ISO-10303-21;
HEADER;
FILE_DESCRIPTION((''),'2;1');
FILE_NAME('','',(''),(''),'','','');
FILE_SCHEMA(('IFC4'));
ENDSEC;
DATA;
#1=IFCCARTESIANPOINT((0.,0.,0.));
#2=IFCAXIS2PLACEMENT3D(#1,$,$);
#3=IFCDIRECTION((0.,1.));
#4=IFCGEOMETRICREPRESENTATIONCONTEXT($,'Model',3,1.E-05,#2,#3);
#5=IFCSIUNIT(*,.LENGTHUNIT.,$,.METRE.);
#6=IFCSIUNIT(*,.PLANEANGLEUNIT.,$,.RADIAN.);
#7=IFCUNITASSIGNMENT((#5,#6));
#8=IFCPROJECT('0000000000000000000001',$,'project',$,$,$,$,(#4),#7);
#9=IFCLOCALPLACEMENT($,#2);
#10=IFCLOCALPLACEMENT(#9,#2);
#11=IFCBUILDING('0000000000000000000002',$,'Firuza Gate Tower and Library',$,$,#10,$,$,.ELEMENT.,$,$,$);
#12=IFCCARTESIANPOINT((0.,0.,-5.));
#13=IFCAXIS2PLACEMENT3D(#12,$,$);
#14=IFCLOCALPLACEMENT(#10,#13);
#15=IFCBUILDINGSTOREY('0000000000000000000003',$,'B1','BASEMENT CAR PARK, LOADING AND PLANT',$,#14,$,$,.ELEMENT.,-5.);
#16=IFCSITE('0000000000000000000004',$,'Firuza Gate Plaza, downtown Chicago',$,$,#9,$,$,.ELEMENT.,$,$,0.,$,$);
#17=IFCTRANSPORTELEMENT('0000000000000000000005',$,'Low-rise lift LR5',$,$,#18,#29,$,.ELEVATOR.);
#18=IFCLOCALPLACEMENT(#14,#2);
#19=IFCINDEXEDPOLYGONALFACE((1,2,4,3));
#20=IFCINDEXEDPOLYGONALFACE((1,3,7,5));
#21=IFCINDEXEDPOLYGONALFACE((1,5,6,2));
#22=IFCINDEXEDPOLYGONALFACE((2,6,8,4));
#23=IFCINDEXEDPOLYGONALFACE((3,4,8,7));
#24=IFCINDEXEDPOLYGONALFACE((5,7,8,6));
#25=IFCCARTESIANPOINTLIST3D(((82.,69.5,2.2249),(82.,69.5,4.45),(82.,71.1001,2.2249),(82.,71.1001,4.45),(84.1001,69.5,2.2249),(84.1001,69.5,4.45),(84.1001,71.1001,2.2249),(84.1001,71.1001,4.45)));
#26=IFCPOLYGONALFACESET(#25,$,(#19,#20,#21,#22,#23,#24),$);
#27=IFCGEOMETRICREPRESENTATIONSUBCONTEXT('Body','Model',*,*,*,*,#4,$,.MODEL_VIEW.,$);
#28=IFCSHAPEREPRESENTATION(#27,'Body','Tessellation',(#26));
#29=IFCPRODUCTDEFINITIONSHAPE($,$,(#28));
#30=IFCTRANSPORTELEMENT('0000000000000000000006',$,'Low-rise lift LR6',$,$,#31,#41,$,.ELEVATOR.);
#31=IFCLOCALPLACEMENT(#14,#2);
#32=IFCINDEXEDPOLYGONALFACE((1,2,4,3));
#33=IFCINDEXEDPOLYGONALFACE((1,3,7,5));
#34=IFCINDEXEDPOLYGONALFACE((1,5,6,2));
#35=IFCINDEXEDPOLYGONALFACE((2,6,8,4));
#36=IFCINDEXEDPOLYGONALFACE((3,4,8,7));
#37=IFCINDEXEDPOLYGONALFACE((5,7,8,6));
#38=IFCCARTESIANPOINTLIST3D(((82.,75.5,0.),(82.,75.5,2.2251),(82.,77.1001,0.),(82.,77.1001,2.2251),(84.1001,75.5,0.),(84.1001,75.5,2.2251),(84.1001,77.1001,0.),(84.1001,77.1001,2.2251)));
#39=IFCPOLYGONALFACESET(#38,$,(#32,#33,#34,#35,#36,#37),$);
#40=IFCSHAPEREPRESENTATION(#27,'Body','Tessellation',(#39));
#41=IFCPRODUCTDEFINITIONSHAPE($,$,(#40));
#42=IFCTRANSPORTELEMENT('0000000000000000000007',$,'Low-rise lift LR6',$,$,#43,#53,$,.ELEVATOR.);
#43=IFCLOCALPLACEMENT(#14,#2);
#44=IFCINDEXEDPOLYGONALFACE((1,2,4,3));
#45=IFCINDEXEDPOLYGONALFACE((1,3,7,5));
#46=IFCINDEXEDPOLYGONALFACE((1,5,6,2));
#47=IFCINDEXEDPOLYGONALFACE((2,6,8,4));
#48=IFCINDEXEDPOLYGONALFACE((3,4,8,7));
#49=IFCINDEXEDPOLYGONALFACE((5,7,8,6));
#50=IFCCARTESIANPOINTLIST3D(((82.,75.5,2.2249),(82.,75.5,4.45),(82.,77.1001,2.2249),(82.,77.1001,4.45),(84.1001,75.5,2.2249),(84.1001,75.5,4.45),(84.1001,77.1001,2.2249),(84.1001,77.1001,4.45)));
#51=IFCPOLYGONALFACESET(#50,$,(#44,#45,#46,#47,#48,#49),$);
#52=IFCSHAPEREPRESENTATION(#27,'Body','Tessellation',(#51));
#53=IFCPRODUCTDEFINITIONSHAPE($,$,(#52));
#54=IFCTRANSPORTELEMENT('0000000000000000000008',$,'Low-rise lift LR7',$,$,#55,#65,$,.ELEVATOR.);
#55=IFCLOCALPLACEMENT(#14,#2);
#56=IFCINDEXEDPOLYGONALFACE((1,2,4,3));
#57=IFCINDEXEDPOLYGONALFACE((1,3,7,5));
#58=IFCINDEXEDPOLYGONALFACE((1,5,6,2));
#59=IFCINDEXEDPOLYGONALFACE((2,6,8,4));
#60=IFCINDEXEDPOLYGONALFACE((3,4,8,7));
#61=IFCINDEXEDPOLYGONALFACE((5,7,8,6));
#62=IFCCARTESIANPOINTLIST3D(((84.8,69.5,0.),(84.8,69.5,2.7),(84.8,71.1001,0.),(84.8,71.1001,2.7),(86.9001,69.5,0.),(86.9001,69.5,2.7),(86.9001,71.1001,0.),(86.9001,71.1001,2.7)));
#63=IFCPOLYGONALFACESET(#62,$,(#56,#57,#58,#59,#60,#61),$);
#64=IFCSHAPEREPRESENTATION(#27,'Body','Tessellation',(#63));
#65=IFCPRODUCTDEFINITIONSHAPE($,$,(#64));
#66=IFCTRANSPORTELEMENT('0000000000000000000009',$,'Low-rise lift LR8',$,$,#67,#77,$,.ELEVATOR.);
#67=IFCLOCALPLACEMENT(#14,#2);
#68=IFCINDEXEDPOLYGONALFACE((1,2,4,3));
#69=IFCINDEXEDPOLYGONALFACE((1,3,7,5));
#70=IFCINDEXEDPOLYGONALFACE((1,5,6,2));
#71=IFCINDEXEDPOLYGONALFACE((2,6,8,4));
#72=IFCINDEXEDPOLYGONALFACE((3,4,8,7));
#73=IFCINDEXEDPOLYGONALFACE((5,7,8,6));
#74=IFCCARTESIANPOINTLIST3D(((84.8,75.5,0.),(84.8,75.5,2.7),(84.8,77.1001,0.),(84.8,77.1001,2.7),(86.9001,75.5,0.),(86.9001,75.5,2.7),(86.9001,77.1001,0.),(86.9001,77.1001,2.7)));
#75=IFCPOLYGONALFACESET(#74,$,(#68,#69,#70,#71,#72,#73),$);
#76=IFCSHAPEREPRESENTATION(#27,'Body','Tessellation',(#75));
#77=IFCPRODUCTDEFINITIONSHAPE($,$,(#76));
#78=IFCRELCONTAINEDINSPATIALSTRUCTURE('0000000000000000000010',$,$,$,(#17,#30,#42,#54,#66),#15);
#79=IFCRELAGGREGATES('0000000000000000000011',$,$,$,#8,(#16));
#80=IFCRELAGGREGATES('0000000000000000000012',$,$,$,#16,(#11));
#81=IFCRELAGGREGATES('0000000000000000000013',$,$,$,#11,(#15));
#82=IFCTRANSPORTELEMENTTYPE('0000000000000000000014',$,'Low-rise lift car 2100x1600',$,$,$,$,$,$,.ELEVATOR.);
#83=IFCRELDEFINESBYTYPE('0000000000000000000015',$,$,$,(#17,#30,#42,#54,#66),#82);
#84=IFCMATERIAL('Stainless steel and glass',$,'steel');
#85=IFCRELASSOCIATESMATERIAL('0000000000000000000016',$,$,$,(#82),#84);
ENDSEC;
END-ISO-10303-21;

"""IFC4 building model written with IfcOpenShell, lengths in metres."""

from ifc_helpers import new_model, si_unit, direction, frame, origin, origin_2d, place, context, subcontext, project, spatial, rectangle, extrude, material, type_object, element, save


model = new_model("IFC4")

# Units and contexts
model_context = context("Model", 3, precision=1e-05, world=origin(), true_north=direction((0.0, 1.0)))
body_context = subcontext(model_context, "Body", "Model", "MODEL_VIEW")
ifc_project = project(units=[si_unit("LENGTHUNIT", "METRE"), si_unit("PLANEANGLEUNIT", "RADIAN")], contexts=[model_context])

# Site, building, storey
site_placement = place(None, origin())
site = spatial("IfcSite", under=ifc_project, at=site_placement, Name="Firuza Gate Plaza, downtown Chicago", CompositionType="ELEMENT", RefElevation=0.0)
building_placement = place(site_placement, origin())
building = spatial("IfcBuilding", under=site, at=building_placement, Name="Firuza Gate Tower and Library", CompositionType="ELEMENT")
storey_placement = place(building_placement, frame((0.0, 0.0, -5.0)))
storey = spatial("IfcBuildingStorey", under=building, at=storey_placement, Name="B1", Description="BASEMENT CAR PARK, LOADING AND PLANT", CompositionType="ELEMENT", Elevation=-5.0)

# Transport elements
ifc_material_1 = material(Name="Stainless steel and glass", Category="steel")
transport_element_type = type_object("IfcTransportElementType", Name="Low-rise lift car 2100x1600", PredefinedType="ELEVATOR", material=ifc_material_1)
for number, where, z_axis, x_axis, name in (
    (1, (83.05, 70.3, 2.2249), (0.0, 0.0, 1.0), (1.0, 0.0, 0.0), "Low-rise lift LR5"),
    (2, (83.05, 76.3, 0.0), (0.0, 0.0, 1.0), (1.0, 0.0, 0.0), "Low-rise lift LR6"),
    (3, (83.05, 76.3, 2.2249), (0.0, 0.0, 1.0), (1.0, 0.0, 0.0), "Low-rise lift LR6"),
):
    element("IfcTransportElement", number, at=place(storey_placement, frame(where, z_axis=z_axis, x_axis=x_axis)), inside=storey, type_object=transport_element_type, Name=name, PredefinedType="ELEVATOR", context=body_context, shape_type="SweptSolid", body=[
        extrude(rectangle(XDim=2.1001, YDim=1.6001, at=origin_2d()), origin(), (0.0, 0.0, 1.0), 2.2251),
    ])
for number, where, z_axis, x_axis, name in (
    (4, (85.8501, 70.3, 0.0), (0.0, 0.0, 1.0), (1.0, 0.0, 0.0), "Low-rise lift LR7"),
    (5, (85.8501, 76.3, 0.0), (0.0, 0.0, 1.0), (1.0, 0.0, 0.0), "Low-rise lift LR8"),
):
    element("IfcTransportElement", number, at=place(storey_placement, frame(where, z_axis=z_axis, x_axis=x_axis)), inside=storey, type_object=transport_element_type, Name=name, PredefinedType="ELEVATOR", context=body_context, shape_type="SweptSolid", body=[
        extrude(rectangle(XDim=2.1001, YDim=1.6001, at=origin_2d()), origin(), (0.0, 0.0, 1.0), 2.7),
    ])

save(model, "model.ifc")
